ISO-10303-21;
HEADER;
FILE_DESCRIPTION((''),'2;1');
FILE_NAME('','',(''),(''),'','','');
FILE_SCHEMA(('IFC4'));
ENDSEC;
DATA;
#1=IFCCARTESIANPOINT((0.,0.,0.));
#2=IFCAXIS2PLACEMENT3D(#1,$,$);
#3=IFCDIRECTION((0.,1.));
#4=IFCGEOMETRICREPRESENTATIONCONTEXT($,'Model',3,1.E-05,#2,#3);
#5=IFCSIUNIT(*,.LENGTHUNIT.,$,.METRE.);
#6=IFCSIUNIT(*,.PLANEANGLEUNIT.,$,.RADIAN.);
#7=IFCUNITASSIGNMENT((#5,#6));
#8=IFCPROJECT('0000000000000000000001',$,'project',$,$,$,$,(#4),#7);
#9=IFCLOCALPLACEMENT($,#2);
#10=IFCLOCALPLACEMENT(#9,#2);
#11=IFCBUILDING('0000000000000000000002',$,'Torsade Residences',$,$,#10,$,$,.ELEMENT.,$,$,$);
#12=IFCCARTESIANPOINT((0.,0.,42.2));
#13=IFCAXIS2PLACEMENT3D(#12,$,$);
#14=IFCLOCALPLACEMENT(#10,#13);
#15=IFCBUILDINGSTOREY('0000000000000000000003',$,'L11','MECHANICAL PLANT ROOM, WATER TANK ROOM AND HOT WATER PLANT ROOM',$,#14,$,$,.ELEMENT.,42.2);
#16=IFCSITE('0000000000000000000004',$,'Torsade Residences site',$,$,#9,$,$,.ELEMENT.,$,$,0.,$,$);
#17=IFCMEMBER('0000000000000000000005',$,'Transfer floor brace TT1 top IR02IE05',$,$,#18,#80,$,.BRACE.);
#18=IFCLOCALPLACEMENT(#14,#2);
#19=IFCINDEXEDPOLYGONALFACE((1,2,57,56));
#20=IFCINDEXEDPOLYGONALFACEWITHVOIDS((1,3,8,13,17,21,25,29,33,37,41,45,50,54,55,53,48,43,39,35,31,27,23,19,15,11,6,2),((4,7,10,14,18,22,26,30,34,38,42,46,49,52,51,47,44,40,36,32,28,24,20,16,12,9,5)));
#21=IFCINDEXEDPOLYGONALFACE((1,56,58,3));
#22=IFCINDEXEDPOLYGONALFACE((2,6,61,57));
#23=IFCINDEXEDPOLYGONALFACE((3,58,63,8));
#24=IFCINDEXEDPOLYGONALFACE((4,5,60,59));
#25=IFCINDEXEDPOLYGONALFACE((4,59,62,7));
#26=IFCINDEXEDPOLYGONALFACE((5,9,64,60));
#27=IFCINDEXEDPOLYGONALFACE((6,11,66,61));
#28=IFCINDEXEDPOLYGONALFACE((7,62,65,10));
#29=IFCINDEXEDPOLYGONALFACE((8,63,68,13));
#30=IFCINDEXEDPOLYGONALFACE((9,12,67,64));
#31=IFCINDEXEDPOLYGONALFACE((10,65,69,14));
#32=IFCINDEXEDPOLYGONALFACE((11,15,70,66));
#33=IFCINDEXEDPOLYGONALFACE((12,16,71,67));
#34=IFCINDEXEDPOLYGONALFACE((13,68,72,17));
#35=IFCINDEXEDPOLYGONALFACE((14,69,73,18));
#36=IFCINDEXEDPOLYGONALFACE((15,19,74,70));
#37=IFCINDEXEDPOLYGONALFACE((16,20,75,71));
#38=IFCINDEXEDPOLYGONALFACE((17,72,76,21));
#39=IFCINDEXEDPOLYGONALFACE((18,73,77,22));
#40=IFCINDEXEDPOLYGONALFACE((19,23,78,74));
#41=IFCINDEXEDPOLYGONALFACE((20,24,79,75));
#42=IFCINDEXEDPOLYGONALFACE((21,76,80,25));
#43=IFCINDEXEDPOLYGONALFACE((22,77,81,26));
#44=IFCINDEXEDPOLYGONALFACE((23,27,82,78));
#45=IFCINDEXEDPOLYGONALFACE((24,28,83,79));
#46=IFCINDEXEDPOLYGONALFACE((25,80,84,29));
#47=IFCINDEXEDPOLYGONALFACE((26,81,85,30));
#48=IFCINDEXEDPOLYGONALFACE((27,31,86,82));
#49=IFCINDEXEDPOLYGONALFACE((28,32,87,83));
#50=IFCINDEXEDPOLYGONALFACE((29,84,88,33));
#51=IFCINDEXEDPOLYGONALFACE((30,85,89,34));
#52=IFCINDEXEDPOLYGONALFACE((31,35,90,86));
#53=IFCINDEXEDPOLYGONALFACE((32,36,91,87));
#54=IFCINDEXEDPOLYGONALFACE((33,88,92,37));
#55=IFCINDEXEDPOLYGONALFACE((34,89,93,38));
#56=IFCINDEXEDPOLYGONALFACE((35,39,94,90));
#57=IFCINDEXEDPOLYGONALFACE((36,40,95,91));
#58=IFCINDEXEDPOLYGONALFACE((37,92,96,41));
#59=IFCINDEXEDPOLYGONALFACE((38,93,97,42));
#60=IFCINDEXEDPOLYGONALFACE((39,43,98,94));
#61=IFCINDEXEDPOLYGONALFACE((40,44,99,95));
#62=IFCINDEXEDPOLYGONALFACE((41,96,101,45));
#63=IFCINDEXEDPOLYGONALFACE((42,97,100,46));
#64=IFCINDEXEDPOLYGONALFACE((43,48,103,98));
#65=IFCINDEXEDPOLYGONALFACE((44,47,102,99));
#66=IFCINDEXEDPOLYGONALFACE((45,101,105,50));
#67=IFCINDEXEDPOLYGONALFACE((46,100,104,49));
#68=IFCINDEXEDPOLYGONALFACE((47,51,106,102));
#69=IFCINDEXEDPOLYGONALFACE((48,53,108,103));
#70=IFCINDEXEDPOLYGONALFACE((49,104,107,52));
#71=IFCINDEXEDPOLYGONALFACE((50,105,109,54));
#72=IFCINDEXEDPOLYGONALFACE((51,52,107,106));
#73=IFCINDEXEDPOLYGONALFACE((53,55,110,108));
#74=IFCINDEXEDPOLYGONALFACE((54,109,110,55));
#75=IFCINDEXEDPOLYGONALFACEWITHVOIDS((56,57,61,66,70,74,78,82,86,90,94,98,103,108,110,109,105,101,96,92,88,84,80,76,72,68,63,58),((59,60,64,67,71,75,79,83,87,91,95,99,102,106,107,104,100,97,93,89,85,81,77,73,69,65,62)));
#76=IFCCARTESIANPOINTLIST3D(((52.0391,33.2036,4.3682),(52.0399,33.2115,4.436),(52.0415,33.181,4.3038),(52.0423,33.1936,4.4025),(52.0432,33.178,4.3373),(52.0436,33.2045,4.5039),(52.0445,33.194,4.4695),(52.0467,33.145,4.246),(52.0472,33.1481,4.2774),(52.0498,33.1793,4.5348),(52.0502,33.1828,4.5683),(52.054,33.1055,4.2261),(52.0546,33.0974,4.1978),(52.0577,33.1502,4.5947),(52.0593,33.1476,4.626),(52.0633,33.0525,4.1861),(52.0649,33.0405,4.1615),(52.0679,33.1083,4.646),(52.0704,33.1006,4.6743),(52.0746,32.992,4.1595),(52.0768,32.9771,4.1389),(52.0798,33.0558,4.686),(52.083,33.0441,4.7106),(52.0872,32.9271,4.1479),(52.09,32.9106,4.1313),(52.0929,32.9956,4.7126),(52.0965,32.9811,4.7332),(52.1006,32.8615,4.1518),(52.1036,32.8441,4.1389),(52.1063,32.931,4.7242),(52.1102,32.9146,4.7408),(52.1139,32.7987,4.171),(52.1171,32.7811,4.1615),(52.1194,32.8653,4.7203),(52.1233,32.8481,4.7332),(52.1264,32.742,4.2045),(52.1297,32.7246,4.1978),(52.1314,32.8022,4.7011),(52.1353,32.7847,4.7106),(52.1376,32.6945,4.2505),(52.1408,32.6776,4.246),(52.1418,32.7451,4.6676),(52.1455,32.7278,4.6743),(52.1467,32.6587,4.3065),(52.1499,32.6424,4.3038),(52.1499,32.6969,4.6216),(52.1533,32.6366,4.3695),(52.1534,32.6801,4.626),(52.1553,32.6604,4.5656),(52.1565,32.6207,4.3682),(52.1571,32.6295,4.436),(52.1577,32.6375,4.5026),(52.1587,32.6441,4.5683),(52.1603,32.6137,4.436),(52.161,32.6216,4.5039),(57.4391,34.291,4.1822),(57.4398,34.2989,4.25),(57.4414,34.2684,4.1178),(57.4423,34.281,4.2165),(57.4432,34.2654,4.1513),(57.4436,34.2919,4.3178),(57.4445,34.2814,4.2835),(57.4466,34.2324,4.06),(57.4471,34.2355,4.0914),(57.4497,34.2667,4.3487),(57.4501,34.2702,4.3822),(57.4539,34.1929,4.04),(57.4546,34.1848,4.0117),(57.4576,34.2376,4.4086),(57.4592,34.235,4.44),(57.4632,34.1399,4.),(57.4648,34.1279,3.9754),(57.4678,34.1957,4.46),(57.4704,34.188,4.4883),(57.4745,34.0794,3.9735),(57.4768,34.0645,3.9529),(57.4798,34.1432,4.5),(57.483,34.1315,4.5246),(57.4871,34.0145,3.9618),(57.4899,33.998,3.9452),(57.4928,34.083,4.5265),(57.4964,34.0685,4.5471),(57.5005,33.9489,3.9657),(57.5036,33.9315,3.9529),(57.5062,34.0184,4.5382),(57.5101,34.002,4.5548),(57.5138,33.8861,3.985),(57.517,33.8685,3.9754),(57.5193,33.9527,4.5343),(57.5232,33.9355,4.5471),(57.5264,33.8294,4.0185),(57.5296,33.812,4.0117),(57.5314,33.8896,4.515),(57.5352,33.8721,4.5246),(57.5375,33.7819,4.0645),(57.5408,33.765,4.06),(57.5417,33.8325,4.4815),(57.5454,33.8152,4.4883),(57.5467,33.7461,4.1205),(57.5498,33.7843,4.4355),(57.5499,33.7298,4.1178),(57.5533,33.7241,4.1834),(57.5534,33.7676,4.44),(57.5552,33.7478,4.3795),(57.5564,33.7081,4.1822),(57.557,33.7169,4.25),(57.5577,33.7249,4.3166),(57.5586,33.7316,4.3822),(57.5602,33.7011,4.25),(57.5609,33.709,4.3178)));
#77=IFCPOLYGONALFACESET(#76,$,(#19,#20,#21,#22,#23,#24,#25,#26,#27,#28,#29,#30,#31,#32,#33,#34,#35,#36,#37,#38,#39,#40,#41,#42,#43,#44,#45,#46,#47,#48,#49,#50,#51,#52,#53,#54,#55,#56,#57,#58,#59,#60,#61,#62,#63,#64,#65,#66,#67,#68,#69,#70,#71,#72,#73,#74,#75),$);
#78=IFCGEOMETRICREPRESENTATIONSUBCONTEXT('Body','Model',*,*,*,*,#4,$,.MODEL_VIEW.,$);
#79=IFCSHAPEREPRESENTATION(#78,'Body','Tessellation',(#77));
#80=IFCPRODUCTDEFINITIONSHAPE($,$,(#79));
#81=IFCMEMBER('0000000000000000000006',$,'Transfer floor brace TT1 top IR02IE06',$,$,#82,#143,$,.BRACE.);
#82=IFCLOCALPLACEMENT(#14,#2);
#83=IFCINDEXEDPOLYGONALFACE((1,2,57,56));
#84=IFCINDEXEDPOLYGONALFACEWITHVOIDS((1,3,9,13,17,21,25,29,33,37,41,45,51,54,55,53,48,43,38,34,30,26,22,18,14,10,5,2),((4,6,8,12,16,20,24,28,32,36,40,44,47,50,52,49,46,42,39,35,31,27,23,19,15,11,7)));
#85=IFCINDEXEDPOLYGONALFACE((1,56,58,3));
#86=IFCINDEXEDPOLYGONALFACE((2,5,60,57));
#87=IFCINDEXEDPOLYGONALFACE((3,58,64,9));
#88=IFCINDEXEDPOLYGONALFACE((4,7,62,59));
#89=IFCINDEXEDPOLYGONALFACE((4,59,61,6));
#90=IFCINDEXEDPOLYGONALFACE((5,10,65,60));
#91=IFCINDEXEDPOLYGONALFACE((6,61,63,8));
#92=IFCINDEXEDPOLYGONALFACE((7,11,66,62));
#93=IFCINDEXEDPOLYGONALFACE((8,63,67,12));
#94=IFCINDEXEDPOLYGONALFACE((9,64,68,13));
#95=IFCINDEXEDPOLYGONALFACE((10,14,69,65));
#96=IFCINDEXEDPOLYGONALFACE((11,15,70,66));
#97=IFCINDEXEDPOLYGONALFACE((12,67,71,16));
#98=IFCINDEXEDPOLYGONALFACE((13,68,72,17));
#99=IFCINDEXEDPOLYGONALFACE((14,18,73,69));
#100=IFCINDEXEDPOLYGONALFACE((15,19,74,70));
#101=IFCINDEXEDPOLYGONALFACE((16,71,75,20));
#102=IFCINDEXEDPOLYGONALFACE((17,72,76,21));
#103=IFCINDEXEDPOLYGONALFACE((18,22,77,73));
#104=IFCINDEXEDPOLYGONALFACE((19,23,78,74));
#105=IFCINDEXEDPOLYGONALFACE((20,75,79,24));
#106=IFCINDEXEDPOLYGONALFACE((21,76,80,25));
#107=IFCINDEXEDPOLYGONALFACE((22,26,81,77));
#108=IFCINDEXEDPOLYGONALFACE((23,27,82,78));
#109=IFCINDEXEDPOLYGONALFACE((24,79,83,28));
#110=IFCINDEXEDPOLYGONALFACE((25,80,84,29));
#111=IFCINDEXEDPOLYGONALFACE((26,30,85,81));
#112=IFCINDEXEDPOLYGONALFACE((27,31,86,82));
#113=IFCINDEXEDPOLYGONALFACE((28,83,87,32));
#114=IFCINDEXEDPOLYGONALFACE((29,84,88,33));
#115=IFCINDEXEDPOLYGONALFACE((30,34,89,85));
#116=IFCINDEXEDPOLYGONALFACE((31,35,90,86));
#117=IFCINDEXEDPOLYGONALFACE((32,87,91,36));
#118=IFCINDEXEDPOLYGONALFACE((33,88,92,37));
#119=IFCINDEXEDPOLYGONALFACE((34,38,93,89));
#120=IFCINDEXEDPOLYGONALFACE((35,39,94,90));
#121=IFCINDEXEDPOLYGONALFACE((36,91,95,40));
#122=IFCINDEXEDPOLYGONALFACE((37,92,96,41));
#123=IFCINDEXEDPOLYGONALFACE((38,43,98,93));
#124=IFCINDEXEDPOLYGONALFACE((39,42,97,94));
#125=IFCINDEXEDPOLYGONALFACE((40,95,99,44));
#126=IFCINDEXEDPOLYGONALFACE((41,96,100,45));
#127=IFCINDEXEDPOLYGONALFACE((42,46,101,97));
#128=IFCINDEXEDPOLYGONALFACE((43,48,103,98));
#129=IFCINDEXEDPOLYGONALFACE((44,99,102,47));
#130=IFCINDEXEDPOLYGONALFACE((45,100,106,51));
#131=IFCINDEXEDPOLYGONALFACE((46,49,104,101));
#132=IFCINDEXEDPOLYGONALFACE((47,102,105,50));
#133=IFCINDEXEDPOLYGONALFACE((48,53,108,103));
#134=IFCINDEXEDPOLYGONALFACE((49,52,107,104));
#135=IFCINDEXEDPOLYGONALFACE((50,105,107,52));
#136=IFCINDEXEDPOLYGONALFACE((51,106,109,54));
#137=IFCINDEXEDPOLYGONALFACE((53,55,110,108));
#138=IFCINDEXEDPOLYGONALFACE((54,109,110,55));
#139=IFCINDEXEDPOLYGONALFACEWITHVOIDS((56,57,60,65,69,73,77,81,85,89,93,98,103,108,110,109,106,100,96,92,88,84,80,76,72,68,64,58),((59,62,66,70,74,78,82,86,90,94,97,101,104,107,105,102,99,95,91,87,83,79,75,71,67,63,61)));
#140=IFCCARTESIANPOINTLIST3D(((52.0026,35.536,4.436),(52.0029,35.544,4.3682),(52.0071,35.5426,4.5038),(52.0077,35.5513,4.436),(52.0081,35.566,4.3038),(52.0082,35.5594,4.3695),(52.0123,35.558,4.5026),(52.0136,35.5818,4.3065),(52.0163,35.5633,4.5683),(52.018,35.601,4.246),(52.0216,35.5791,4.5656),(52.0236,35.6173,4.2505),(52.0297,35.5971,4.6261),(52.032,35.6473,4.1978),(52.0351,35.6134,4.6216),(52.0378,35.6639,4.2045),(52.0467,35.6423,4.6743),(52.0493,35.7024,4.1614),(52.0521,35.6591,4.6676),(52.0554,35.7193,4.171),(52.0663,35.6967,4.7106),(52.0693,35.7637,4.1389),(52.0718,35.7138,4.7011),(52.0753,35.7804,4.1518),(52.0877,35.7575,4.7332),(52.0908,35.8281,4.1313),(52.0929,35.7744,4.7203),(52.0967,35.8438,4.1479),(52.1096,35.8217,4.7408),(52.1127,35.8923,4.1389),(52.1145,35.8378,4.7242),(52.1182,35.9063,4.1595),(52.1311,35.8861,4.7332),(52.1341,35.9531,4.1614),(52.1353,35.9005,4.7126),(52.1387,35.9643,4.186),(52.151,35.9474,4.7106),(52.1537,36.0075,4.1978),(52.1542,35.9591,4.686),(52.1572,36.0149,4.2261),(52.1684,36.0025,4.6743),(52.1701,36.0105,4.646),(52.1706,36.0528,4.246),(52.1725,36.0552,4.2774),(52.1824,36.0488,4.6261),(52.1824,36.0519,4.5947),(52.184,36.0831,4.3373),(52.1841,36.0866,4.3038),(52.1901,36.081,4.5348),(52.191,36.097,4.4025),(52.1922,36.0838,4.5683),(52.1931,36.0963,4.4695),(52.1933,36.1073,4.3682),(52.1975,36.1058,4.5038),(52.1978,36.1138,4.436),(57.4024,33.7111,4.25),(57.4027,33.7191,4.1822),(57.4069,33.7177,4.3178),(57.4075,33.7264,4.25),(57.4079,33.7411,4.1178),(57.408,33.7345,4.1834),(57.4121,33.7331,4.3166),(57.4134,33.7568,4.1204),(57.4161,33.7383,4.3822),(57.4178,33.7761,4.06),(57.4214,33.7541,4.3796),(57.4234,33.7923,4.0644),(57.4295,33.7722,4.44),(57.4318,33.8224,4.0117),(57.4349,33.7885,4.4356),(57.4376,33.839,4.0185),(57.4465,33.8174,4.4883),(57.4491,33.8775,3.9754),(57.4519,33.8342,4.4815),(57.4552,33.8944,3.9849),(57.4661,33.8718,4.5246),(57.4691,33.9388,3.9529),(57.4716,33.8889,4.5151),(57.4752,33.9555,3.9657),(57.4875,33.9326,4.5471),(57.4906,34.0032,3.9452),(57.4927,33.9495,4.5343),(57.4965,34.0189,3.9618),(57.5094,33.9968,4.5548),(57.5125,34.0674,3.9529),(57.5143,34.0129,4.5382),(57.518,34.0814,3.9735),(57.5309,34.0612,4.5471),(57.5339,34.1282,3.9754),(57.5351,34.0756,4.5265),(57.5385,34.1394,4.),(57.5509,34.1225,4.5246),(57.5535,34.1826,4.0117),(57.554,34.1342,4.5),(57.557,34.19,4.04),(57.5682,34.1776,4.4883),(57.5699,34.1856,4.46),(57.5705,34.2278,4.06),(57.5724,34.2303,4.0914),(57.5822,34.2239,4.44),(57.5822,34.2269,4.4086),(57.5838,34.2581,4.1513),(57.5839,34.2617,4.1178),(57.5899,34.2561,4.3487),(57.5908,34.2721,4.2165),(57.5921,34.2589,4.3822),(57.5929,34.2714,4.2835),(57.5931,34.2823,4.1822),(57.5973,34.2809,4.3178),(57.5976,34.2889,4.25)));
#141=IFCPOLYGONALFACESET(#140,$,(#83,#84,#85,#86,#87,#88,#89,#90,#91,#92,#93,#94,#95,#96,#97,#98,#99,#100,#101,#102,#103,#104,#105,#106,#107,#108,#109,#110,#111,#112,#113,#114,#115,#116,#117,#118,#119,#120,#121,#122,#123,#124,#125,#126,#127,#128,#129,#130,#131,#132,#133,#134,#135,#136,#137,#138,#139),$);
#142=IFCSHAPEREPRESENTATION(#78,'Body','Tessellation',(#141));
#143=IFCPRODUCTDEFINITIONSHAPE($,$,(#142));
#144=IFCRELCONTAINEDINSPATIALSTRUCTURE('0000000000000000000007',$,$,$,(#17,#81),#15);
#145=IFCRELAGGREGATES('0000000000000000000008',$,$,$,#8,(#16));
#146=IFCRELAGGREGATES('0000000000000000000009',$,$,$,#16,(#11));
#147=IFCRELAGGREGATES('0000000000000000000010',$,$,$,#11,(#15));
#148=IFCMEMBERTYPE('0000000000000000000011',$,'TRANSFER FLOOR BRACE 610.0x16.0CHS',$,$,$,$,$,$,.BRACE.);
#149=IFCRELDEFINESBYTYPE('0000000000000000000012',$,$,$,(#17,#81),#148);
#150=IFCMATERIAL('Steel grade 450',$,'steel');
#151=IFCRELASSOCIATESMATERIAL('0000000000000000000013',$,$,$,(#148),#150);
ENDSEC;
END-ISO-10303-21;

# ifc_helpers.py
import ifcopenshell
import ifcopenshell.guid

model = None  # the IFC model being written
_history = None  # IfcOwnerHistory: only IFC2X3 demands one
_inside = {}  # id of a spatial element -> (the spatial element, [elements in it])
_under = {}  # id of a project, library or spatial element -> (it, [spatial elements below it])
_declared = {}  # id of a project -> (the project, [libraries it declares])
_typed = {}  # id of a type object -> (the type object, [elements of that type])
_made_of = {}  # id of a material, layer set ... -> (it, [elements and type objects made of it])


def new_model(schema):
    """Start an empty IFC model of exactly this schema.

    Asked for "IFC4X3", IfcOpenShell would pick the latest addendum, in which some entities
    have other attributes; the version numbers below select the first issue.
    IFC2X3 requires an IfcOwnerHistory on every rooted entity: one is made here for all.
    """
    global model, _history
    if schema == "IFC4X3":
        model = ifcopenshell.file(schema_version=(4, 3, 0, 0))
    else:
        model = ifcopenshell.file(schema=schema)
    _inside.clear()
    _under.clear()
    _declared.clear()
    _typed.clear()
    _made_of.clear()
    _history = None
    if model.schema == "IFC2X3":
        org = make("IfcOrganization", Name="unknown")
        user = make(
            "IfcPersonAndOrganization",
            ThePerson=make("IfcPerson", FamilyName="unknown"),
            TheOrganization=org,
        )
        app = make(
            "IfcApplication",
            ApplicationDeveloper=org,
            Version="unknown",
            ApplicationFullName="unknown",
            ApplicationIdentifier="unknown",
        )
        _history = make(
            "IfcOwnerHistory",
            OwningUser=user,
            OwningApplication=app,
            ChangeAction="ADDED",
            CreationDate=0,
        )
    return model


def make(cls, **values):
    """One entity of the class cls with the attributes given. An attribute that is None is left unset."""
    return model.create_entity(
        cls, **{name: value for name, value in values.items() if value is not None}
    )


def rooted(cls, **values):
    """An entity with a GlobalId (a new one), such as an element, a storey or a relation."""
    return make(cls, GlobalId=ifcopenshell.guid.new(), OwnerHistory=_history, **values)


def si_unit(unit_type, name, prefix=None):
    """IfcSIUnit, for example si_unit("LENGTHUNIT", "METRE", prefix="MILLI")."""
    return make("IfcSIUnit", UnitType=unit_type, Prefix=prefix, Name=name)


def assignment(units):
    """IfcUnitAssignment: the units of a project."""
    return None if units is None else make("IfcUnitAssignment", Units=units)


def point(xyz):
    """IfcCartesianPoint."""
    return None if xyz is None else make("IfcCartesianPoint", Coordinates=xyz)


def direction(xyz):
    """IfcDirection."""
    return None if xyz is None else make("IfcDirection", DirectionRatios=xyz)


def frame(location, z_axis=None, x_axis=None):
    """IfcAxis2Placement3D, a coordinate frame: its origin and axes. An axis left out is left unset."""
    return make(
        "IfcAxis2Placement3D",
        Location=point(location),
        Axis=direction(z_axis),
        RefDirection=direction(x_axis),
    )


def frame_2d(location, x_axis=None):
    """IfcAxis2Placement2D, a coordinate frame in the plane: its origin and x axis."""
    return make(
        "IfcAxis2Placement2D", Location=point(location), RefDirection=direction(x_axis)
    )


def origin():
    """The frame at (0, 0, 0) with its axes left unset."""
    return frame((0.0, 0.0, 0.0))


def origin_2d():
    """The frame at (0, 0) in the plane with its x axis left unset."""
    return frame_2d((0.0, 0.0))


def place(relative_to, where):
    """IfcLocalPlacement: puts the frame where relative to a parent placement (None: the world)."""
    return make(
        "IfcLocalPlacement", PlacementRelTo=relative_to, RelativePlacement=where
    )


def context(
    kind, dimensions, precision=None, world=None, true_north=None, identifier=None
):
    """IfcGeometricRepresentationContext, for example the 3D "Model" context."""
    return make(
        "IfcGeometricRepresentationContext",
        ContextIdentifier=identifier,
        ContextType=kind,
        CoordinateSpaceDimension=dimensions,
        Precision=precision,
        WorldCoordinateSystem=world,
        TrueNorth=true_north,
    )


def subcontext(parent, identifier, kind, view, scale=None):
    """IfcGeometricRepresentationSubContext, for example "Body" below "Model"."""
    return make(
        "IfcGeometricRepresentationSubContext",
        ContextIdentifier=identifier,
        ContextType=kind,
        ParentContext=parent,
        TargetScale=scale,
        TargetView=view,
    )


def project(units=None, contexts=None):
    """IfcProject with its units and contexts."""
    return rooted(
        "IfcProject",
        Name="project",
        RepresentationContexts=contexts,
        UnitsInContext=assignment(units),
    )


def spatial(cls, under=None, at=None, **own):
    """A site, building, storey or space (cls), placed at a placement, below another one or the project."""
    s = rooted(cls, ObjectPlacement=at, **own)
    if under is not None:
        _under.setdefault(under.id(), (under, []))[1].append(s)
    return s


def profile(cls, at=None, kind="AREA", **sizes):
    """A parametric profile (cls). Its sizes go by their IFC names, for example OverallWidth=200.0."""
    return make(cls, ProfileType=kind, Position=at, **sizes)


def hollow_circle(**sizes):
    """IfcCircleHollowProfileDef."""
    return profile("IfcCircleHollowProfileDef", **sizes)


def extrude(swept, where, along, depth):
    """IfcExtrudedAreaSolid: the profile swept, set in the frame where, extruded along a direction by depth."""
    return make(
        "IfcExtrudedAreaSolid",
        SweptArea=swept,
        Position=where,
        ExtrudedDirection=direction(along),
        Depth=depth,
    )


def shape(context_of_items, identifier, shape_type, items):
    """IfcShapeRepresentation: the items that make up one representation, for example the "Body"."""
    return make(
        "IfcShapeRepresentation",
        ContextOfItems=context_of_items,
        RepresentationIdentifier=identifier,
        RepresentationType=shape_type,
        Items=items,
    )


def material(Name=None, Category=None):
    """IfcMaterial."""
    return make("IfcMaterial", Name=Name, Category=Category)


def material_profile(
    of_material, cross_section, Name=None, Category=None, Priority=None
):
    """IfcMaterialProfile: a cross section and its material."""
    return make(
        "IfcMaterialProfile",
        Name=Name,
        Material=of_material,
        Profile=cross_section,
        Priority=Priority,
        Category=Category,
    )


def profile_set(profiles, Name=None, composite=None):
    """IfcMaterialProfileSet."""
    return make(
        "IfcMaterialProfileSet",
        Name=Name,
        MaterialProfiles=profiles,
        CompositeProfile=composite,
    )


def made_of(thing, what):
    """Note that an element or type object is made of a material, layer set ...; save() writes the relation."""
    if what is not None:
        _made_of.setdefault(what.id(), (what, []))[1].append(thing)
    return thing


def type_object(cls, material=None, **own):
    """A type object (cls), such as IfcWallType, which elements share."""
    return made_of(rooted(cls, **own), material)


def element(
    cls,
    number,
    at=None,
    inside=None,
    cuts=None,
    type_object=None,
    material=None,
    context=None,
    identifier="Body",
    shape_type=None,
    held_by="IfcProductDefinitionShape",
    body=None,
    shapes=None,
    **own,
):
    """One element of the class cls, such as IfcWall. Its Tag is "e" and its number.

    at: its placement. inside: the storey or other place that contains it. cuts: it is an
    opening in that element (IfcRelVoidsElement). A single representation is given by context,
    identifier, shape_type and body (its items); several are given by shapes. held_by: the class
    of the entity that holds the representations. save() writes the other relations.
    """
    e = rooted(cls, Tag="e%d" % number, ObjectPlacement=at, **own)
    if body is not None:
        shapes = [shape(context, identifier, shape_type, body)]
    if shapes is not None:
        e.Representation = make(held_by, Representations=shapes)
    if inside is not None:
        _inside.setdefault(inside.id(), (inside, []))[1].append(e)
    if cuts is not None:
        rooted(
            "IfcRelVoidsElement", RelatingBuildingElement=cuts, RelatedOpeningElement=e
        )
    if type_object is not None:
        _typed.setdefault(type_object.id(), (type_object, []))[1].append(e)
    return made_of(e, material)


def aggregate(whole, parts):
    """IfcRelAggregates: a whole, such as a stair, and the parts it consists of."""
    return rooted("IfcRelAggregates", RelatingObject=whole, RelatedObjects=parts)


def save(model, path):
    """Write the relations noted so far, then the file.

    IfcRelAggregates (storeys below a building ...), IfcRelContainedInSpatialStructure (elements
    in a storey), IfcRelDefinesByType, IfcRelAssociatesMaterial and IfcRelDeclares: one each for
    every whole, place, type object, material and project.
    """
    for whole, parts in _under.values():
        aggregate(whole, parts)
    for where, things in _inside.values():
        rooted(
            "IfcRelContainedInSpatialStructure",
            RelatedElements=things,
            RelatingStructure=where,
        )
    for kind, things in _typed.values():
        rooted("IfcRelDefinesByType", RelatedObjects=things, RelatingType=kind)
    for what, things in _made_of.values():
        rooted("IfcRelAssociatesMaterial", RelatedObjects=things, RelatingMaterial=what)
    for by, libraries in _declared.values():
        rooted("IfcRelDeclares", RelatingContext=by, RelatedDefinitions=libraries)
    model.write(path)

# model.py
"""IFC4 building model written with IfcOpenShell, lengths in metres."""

from ifc_helpers import new_model, si_unit, direction, frame, origin, origin_2d, place, context, subcontext, project, spatial, hollow_circle, extrude, material, material_profile, profile_set, type_object, element, save


model = new_model("IFC4")

# Units and contexts
model_context = context("Model", 3, precision=1e-05, world=origin(), true_north=direction((0.0, 1.0)))
body_context = subcontext(model_context, "Body", "Model", "MODEL_VIEW")
ifc_project = project(units=[si_unit("LENGTHUNIT", "METRE"), si_unit("PLANEANGLEUNIT", "RADIAN")], contexts=[model_context])

# Site, building, storey
site_placement = place(None, origin())
site = spatial("IfcSite", under=ifc_project, at=site_placement, Name="Torsade Residences site", CompositionType="ELEMENT", RefElevation=0.0)
building_placement = place(site_placement, origin())
building = spatial("IfcBuilding", under=site, at=building_placement, Name="Torsade Residences", CompositionType="ELEMENT")
storey_placement = place(building_placement, frame((0.0, 0.0, 42.2)))
storey = spatial("IfcBuildingStorey", under=building, at=storey_placement, Name="L11", Description="MECHANICAL PLANT ROOM, WATER TANK ROOM AND HOT WATER PLANT ROOM", CompositionType="ELEMENT", Elevation=42.2)

# Members
ifc_material_1 = material(Name="Steel grade 450", Category="steel")
ifc_material_profile_1 = material_profile(ifc_material_1, hollow_circle(Radius=0.3049, WallThickness=0.0161, at=origin_2d()), Name="610.0x16.0CHS")
ifc_profile_set_1 = profile_set([ifc_material_profile_1], Name="Steel grade 450")
member_type_1 = type_object("IfcMemberType", Name="TRANSFER FLOOR BRACE 610.0x16.0CHS", PredefinedType="BRACE", material=ifc_profile_set_1)
member_1_placement = place(storey_placement, frame((57.5, 34.0, 4.25), z_axis=(-0.979762, -0.197299, 0.033754), x_axis=(0.197412, -0.980321, 0.0)))
element("IfcMember", 1, at=member_1_placement, inside=storey, type_object=member_type_1, Name="Transfer floor brace TT1 top IR02IE05", PredefinedType="BRACE", context=body_context, shape_type="SweptSolid", body=[
    extrude(hollow_circle(Radius=0.3049, WallThickness=0.0161, at=origin_2d()), origin(), (0.0, 0.0, 1.0), 5.5115),
])
member_2_placement = place(storey_placement, frame((57.5, 34.0, 4.25), z_axis=(-0.946856, 0.319999, 0.032621), x_axis=(-0.32017, -0.94736, 0.0)))
element("IfcMember", 2, at=member_2_placement, inside=storey, type_object=member_type_1, Name="Transfer floor brace TT1 top IR02IE06", PredefinedType="BRACE", context=body_context, shape_type="SweptSolid", body=[
    extrude(hollow_circle(Radius=0.3049, WallThickness=0.0161, at=origin_2d()), origin(), (0.0, 0.0, 1.0), 5.7029),
])

save(model, "model.ifc")
